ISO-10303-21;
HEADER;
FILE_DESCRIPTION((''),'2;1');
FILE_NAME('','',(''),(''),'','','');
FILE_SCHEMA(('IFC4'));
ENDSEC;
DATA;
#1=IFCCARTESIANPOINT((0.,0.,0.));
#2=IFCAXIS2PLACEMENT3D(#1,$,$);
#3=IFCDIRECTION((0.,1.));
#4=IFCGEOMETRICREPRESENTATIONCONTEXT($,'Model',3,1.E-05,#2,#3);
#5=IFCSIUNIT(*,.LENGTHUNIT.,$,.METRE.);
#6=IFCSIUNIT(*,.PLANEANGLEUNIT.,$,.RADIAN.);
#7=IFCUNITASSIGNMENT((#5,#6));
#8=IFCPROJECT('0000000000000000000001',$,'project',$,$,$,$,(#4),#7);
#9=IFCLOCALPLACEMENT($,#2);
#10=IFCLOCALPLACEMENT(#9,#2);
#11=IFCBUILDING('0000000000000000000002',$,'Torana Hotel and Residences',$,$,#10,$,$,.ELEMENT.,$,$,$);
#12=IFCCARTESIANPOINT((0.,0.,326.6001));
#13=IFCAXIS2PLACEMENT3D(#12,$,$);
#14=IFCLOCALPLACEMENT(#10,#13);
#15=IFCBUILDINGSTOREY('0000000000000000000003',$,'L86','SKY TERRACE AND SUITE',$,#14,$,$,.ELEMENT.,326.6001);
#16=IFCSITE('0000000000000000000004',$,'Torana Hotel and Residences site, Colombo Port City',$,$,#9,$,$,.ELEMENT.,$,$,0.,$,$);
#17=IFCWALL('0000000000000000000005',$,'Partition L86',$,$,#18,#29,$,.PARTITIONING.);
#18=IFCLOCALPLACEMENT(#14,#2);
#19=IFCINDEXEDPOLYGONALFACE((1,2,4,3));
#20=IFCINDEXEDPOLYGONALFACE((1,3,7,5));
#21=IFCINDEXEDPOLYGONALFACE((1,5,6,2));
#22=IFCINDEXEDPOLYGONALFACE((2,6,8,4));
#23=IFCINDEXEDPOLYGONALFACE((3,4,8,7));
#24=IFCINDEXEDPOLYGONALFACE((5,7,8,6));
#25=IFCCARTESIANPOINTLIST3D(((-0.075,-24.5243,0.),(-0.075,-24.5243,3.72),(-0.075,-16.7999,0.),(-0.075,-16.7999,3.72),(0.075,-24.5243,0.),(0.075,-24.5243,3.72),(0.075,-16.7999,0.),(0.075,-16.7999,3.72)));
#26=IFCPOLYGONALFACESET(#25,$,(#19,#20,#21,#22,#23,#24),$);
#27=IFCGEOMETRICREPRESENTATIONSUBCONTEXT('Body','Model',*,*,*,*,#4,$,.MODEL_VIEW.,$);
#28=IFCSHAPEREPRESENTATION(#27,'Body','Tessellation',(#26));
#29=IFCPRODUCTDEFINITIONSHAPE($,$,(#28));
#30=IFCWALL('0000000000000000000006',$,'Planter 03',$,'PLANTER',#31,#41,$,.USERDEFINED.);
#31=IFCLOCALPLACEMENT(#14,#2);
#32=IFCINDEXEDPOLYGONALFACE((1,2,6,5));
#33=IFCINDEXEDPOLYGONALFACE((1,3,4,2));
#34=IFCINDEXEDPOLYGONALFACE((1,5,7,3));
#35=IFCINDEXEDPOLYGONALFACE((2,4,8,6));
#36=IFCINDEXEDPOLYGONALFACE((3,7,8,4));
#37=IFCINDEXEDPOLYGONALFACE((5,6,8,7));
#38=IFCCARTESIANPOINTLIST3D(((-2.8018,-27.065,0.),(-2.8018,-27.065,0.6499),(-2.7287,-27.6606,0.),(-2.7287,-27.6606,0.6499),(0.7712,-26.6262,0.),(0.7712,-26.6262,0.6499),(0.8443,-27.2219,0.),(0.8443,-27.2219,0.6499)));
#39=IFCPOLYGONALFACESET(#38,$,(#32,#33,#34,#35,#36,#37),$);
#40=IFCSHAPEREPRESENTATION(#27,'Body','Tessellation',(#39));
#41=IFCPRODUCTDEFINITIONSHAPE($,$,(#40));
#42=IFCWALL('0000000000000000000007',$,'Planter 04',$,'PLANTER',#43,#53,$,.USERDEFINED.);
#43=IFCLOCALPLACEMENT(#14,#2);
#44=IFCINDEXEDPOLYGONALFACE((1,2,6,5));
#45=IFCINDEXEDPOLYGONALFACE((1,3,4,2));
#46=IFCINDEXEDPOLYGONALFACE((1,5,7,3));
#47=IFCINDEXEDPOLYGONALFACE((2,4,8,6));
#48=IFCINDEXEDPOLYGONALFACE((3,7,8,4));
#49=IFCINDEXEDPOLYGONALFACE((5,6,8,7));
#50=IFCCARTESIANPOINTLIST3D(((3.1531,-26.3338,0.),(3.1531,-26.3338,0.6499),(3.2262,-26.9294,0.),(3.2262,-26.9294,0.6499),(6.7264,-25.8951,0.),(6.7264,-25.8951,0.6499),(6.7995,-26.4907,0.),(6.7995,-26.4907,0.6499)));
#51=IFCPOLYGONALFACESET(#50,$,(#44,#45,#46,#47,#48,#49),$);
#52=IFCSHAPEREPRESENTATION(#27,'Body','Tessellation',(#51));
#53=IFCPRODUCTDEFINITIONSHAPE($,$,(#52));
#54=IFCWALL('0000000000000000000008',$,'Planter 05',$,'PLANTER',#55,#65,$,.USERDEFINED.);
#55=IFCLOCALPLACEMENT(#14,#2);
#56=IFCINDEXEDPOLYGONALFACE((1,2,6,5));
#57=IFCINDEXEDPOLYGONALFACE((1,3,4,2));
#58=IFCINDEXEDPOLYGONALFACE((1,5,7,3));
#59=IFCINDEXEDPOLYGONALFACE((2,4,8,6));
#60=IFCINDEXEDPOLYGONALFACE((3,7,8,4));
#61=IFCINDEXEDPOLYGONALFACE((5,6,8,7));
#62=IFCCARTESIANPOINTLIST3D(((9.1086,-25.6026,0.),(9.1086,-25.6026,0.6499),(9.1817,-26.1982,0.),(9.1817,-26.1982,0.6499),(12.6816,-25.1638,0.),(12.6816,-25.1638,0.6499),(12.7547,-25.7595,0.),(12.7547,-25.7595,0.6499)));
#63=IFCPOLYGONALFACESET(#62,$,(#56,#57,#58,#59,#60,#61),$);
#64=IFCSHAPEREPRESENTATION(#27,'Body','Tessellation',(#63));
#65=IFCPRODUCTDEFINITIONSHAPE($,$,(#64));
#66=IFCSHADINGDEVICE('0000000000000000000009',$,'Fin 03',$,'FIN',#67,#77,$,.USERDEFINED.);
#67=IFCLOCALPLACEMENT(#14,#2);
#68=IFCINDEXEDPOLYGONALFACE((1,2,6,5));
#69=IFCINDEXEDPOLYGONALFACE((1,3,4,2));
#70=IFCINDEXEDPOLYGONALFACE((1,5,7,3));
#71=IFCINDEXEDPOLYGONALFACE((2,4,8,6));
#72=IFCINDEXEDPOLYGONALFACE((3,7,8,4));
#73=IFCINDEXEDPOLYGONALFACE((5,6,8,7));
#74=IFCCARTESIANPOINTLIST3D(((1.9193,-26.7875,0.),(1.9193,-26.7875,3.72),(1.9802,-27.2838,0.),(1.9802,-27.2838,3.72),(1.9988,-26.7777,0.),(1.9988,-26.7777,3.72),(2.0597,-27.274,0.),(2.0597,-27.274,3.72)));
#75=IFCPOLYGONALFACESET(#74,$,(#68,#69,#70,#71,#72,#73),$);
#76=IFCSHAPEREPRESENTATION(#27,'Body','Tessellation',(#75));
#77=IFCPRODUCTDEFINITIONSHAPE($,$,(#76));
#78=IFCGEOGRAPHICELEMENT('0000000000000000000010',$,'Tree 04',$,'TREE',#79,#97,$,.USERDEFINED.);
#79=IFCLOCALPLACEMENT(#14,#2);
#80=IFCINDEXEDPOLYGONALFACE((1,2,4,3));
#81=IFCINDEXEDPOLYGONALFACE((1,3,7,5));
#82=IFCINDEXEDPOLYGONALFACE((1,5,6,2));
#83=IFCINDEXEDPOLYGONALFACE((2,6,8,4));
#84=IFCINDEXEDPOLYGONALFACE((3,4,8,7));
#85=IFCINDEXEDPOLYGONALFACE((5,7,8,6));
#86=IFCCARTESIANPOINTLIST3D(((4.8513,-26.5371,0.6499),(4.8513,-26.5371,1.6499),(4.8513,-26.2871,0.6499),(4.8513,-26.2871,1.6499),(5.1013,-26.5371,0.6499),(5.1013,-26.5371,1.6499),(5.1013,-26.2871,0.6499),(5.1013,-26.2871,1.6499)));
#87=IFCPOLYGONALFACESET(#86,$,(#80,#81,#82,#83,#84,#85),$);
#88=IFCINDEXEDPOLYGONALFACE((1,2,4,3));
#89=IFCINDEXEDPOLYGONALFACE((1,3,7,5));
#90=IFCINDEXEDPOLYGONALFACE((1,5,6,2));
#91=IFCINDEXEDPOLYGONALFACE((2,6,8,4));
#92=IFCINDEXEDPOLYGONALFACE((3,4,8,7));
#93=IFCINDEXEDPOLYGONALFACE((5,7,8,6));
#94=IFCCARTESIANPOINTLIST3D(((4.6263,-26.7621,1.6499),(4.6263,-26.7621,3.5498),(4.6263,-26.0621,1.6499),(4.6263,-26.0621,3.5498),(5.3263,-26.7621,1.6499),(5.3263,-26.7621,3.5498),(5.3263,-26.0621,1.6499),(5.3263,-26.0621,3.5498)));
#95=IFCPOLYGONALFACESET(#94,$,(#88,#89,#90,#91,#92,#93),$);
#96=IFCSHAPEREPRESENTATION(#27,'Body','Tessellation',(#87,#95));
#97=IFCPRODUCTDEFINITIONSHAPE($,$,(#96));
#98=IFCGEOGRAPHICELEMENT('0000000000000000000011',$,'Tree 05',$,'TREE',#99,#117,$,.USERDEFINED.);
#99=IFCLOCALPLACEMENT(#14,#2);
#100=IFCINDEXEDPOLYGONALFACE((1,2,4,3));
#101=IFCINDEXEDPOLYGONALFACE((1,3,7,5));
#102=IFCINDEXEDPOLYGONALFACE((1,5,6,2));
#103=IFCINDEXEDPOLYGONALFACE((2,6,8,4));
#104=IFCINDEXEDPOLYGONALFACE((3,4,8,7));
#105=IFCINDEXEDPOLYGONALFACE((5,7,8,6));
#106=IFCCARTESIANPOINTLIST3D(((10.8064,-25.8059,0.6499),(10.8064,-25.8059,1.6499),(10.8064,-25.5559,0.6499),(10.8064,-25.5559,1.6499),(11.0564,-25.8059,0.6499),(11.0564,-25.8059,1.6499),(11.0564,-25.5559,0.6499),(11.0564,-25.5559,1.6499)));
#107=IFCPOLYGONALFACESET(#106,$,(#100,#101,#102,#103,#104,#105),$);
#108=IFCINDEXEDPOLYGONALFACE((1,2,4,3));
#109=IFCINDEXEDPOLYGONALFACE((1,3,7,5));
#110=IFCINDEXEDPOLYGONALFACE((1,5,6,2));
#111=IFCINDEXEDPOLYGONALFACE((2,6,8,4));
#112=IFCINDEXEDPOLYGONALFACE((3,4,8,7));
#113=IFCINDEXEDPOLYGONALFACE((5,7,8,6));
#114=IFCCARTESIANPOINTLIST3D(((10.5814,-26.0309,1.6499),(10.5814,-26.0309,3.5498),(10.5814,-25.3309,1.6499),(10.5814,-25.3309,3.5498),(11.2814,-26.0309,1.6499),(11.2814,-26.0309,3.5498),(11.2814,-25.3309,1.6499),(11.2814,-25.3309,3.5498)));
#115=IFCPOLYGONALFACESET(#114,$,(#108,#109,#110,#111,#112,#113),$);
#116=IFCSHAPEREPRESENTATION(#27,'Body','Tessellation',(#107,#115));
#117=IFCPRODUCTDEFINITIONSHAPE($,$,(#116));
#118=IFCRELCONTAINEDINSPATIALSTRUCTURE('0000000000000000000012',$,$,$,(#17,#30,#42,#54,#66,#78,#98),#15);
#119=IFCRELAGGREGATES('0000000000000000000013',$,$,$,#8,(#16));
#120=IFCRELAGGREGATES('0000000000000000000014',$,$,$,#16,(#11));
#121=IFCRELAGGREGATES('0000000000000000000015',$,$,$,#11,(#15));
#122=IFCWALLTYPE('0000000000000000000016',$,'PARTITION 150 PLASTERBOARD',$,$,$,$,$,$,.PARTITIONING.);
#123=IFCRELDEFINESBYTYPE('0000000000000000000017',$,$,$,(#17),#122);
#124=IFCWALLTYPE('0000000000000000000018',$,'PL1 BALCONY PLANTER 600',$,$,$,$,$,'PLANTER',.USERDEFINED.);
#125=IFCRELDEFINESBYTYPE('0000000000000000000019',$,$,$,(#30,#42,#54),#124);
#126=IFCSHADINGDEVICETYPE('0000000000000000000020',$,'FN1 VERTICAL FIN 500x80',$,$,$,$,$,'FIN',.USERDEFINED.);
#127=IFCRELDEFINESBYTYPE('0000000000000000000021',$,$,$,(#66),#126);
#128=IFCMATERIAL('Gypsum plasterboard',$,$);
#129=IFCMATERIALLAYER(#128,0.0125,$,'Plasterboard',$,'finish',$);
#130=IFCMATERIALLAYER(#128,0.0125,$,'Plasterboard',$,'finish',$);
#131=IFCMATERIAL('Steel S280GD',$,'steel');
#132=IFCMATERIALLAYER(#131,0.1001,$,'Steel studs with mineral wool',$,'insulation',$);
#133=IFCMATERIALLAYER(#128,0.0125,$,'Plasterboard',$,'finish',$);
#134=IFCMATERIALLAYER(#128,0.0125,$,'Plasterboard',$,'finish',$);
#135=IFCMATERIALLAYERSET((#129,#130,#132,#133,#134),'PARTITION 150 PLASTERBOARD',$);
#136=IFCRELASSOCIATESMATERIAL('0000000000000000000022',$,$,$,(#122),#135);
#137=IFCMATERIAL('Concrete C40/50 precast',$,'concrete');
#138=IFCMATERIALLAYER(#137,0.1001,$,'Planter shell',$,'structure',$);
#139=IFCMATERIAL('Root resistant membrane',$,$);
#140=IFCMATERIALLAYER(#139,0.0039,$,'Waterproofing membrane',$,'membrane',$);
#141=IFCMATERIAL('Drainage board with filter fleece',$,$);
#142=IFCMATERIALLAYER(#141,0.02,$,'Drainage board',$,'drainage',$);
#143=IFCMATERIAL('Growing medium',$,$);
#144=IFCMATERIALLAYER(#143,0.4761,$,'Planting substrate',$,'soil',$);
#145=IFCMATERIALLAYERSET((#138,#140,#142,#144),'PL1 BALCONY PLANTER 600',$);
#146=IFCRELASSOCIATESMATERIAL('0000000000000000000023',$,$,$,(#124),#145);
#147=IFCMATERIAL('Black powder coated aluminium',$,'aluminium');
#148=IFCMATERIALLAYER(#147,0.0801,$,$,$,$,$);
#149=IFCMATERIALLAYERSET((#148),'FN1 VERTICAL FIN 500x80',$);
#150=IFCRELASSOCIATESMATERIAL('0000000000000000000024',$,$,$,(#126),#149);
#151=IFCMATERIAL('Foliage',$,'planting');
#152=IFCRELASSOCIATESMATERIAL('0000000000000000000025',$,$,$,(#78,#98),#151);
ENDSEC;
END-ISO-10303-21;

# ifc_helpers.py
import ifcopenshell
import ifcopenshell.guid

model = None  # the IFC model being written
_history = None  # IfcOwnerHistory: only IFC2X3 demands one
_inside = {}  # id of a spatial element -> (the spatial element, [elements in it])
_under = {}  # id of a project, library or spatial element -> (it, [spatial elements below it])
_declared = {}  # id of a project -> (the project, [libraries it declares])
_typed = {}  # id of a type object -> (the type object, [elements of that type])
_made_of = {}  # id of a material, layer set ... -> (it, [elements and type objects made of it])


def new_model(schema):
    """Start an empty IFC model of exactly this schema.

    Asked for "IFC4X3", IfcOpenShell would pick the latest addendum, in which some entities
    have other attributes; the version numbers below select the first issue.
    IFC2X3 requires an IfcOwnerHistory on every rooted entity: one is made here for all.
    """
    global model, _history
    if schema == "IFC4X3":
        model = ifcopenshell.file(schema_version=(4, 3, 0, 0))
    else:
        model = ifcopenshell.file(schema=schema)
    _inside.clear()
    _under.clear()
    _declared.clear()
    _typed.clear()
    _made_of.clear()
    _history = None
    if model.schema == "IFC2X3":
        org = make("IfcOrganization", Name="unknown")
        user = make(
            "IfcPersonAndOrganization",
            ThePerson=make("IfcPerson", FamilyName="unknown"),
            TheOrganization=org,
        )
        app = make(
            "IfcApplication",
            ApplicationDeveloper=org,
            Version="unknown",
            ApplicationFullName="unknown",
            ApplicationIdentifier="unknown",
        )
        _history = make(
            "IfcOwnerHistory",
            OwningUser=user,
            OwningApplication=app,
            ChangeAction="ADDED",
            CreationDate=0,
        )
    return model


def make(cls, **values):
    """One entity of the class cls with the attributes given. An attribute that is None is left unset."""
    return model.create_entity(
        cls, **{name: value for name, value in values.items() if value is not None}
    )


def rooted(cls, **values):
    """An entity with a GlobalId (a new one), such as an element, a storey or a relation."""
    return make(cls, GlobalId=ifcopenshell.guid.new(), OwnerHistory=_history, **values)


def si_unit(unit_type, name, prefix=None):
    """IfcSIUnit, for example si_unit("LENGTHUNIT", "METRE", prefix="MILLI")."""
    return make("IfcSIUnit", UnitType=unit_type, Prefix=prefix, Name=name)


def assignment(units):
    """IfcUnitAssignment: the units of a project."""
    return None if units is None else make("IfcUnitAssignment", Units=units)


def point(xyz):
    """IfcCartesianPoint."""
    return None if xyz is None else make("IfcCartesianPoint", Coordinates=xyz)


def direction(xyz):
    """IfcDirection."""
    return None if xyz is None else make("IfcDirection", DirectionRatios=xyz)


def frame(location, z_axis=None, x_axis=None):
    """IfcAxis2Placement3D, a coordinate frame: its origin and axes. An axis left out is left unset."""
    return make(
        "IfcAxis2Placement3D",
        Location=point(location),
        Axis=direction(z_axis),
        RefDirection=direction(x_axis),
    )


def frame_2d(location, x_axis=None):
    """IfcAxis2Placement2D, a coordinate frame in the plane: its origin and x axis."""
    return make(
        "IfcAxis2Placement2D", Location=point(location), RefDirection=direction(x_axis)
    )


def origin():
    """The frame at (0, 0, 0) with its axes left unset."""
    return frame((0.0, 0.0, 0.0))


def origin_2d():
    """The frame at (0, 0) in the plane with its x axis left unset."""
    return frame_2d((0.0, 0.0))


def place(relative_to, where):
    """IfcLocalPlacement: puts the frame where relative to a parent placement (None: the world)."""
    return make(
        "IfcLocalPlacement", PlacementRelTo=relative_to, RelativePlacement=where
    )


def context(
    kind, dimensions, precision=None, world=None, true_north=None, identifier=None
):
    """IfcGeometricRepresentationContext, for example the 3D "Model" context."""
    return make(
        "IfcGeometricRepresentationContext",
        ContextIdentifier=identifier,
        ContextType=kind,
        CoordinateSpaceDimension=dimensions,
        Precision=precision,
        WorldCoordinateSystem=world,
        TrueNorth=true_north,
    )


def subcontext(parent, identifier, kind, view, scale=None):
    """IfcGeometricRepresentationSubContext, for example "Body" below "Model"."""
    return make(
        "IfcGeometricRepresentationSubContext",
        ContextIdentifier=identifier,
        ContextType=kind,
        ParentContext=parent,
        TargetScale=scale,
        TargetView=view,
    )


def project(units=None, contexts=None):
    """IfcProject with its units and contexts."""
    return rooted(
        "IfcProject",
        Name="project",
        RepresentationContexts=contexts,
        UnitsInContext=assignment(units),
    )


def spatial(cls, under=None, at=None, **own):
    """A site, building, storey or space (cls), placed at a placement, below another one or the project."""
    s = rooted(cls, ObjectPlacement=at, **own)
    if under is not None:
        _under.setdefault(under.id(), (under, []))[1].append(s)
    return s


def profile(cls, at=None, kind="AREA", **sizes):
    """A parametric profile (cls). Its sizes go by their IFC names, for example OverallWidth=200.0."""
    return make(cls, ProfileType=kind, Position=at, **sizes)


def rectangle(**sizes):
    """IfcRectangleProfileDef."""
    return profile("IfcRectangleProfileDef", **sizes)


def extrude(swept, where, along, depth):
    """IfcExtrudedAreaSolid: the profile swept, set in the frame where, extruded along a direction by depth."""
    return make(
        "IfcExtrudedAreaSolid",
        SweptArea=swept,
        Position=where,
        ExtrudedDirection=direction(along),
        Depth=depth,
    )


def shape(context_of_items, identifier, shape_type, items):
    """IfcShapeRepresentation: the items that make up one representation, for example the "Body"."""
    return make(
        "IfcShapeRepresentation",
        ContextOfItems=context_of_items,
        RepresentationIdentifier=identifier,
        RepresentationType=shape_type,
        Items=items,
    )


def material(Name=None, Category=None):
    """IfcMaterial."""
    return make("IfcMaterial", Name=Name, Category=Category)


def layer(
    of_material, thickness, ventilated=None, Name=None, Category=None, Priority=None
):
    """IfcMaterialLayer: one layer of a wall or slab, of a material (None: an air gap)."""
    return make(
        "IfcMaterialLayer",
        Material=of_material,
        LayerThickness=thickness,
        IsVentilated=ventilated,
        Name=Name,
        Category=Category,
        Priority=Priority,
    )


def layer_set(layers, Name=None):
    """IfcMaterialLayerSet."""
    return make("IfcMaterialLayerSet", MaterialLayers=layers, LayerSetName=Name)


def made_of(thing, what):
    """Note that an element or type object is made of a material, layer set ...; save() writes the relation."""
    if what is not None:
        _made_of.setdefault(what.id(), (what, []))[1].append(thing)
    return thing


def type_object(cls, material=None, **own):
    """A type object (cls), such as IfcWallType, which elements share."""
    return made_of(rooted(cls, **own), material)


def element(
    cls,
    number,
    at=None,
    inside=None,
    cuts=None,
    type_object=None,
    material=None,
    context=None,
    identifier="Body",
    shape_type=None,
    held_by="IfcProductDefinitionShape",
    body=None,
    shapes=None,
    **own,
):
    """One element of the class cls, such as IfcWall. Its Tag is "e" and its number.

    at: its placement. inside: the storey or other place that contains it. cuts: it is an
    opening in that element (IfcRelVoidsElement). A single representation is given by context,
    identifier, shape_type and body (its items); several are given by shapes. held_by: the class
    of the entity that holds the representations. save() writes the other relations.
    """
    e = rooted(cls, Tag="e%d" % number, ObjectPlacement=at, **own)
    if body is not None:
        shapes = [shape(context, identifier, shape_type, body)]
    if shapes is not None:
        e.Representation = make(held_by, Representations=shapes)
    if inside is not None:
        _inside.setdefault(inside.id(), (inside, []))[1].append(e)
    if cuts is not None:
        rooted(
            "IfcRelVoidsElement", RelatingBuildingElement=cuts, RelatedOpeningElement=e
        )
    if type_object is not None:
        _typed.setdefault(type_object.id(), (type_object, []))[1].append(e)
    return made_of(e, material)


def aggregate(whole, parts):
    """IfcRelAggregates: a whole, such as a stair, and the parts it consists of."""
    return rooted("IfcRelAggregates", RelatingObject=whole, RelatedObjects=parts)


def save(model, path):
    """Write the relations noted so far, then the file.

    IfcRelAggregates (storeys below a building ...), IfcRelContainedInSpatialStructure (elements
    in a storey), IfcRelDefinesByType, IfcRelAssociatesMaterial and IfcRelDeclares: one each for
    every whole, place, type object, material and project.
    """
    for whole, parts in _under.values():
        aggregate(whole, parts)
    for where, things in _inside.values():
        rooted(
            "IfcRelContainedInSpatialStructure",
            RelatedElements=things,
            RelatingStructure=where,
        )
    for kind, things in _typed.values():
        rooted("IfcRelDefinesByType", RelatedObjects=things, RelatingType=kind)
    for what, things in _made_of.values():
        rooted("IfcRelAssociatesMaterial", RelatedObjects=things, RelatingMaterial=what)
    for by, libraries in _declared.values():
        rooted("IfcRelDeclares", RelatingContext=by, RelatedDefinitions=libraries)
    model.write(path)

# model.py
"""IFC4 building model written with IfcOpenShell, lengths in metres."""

from ifc_helpers import new_model, si_unit, direction, frame, frame_2d, origin, origin_2d, place, context, subcontext, project, spatial, rectangle, extrude, material, layer, layer_set, type_object, element, save


model = new_model("IFC4")

# Units and contexts
model_context = context("Model", 3, precision=1e-05, world=origin(), true_north=direction((0.0, 1.0)))
body_context = subcontext(model_context, "Body", "Model", "MODEL_VIEW")
ifc_project = project(units=[si_unit("LENGTHUNIT", "METRE"), si_unit("PLANEANGLEUNIT", "RADIAN")], contexts=[model_context])

# Site, building, storey
site_placement = place(None, origin())
site = spatial("IfcSite", under=ifc_project, at=site_placement, Name="Torana Hotel and Residences site, Colombo Port City", CompositionType="ELEMENT", RefElevation=0.0)
building_placement = place(site_placement, origin())
building = spatial("IfcBuilding", under=site, at=building_placement, Name="Torana Hotel and Residences", CompositionType="ELEMENT")
storey_placement = place(building_placement, frame((0.0, 0.0, 326.6001)))
storey = spatial("IfcBuildingStorey", under=building, at=storey_placement, Name="L86", Description="SKY TERRACE AND SUITE", CompositionType="ELEMENT", Elevation=326.6001)

# Walls
ifc_material_1 = material(Name="Gypsum plasterboard")
ifc_layer_1 = layer(ifc_material_1, 0.0125, Name="Plasterboard", Category="finish")
ifc_layer_2 = layer(ifc_material_1, 0.0125, Name="Plasterboard", Category="finish")
ifc_material_2 = material(Name="Steel S280GD", Category="steel")
ifc_layer_3 = layer(ifc_material_2, 0.1001, Name="Steel studs with mineral wool", Category="insulation")
ifc_layer_4 = layer(ifc_material_1, 0.0125, Name="Plasterboard", Category="finish")
ifc_layer_5 = layer(ifc_material_1, 0.0125, Name="Plasterboard", Category="finish")
ifc_layer_set_1 = layer_set([ifc_layer_1, ifc_layer_2, ifc_layer_3, ifc_layer_4, ifc_layer_5], Name="PARTITION 150 PLASTERBOARD")
wall_type_1 = type_object("IfcWallType", Name="PARTITION 150 PLASTERBOARD", PredefinedType="PARTITIONING", material=ifc_layer_set_1)
wall_1_placement = place(storey_placement, frame((0.0, -24.5244, 0.0), z_axis=(0.0, 0.0, 1.0), x_axis=(0.0, 1.0, 0.0)))
element("IfcWall", 1, at=wall_1_placement, inside=storey, type_object=wall_type_1, Name="Partition L86", PredefinedType="PARTITIONING", context=body_context, shape_type="SweptSolid", body=[
    extrude(rectangle(XDim=7.7244, YDim=0.1499, at=frame_2d((3.8623, 0.0))), origin(), (0.0, 0.0, 1.0), 3.72),
])
ifc_material_3 = material(Name="Concrete C40/50 precast", Category="concrete")
ifc_layer_6 = layer(ifc_material_3, 0.1001, Name="Planter shell", Category="structure")
ifc_material_4 = material(Name="Root resistant membrane")
ifc_layer_7 = layer(ifc_material_4, 0.0039, Name="Waterproofing membrane", Category="membrane")
ifc_material_5 = material(Name="Drainage board with filter fleece")
ifc_layer_8 = layer(ifc_material_5, 0.02, Name="Drainage board", Category="drainage")
ifc_material_6 = material(Name="Growing medium")
ifc_layer_9 = layer(ifc_material_6, 0.4761, Name="Planting substrate", Category="soil")
ifc_layer_set_2 = layer_set([ifc_layer_6, ifc_layer_7, ifc_layer_8, ifc_layer_9], Name="PL1 BALCONY PLANTER 600")
wall_type_2 = type_object("IfcWallType", Name="PL1 BALCONY PLANTER 600", ElementType="PLANTER", PredefinedType="USERDEFINED", material=ifc_layer_set_2)
wall_2_placement = place(storey_placement, frame((0.8076, -26.9241, 0.0), z_axis=(0.0, 0.0, 1.0), x_axis=(-0.992546, -0.121873, 0.0)))
element("IfcWall", 2, at=wall_2_placement, inside=storey, type_object=wall_type_2, Name="Planter 03", ObjectType="PLANTER", PredefinedType="USERDEFINED", context=body_context, shape_type="SweptSolid", body=[
    extrude(rectangle(XDim=3.5999, YDim=0.6001, at=frame_2d((1.7998, 0.0))), origin(), (0.0, 0.0, 1.0), 0.6499),
])
wall_3_placement = place(storey_placement, frame((6.7629, -26.1929, 0.0), z_axis=(0.0, 0.0, 1.0), x_axis=(-0.992547, -0.121864, 0.0)))
element("IfcWall", 3, at=wall_3_placement, inside=storey, type_object=wall_type_2, Name="Planter 04", ObjectType="PLANTER", PredefinedType="USERDEFINED", context=body_context, shape_type="SweptSolid", body=[
    extrude(rectangle(XDim=3.6001, YDim=0.6001, at=frame_2d((1.8, 0.0))), origin(), (0.0, 0.0, 1.0), 0.6499),
])
wall_4_placement = place(storey_placement, frame((12.718, -25.4617, 0.0), z_axis=(0.0, 0.0, 1.0), x_axis=(-0.992546, -0.121873, 0.0)))
element("IfcWall", 4, at=wall_4_placement, inside=storey, type_object=wall_type_2, Name="Planter 05", ObjectType="PLANTER", PredefinedType="USERDEFINED", context=body_context, shape_type="SweptSolid", body=[
    extrude(rectangle(XDim=3.5999, YDim=0.6001, at=frame_2d((1.7998, 0.0))), origin(), (0.0, 0.0, 1.0), 0.6499),
])

# Shading device
ifc_material_7 = material(Name="Black powder coated aluminium", Category="aluminium")
ifc_layer_10 = layer(ifc_material_7, 0.0801)
ifc_layer_set_3 = layer_set([ifc_layer_10], Name="FN1 VERTICAL FIN 500x80")
shading_device_type = type_object("IfcShadingDeviceType", Name="FN1 VERTICAL FIN 500x80", ElementType="FIN", PredefinedType="USERDEFINED", material=ifc_layer_set_3)
shading_device_placement = place(storey_placement, frame((1.9895, -27.0308, 0.0), z_axis=(0.0, 0.0, 1.0), x_axis=(-0.992547, -0.121866, 0.0)))
element("IfcShadingDevice", 5, at=shading_device_placement, inside=storey, type_object=shading_device_type, Name="Fin 03", ObjectType="FIN", PredefinedType="USERDEFINED", context=body_context, shape_type="SweptSolid", body=[
    extrude(rectangle(XDim=0.0801, YDim=0.5, at=origin_2d()), origin(), (0.0, 0.0, 1.0), 3.72),
])

# Geographic elements
ifc_material_8 = material(Name="Foliage", Category="planting")
for number, where, z_axis, x_axis, name in (
    (6, (4.9763, -26.4121, 0.6499), (0.0, 0.0, 1.0), (1.0, 0.0, 0.0), "Tree 04"),
    (7, (10.9314, -25.6809, 0.6499), (0.0, 0.0, 1.0), (1.0, 0.0, 0.0), "Tree 05"),
):
    element("IfcGeographicElement", number, at=place(storey_placement, frame(where, z_axis=z_axis, x_axis=x_axis)), inside=storey, material=ifc_material_8, Name=name, ObjectType="TREE", PredefinedType="USERDEFINED", context=body_context, shape_type="SweptSolid", body=[
        extrude(rectangle(XDim=0.25, YDim=0.25, at=origin_2d()), origin(), (0.0, 0.0, 1.0), 1.0),
        extrude(rectangle(XDim=0.7, YDim=0.7, at=origin_2d()), frame((0.0, 0.0, 1.0)), (0.0, 0.0, 1.0), 1.8999),
    ])

save(model, "model.ifc")
